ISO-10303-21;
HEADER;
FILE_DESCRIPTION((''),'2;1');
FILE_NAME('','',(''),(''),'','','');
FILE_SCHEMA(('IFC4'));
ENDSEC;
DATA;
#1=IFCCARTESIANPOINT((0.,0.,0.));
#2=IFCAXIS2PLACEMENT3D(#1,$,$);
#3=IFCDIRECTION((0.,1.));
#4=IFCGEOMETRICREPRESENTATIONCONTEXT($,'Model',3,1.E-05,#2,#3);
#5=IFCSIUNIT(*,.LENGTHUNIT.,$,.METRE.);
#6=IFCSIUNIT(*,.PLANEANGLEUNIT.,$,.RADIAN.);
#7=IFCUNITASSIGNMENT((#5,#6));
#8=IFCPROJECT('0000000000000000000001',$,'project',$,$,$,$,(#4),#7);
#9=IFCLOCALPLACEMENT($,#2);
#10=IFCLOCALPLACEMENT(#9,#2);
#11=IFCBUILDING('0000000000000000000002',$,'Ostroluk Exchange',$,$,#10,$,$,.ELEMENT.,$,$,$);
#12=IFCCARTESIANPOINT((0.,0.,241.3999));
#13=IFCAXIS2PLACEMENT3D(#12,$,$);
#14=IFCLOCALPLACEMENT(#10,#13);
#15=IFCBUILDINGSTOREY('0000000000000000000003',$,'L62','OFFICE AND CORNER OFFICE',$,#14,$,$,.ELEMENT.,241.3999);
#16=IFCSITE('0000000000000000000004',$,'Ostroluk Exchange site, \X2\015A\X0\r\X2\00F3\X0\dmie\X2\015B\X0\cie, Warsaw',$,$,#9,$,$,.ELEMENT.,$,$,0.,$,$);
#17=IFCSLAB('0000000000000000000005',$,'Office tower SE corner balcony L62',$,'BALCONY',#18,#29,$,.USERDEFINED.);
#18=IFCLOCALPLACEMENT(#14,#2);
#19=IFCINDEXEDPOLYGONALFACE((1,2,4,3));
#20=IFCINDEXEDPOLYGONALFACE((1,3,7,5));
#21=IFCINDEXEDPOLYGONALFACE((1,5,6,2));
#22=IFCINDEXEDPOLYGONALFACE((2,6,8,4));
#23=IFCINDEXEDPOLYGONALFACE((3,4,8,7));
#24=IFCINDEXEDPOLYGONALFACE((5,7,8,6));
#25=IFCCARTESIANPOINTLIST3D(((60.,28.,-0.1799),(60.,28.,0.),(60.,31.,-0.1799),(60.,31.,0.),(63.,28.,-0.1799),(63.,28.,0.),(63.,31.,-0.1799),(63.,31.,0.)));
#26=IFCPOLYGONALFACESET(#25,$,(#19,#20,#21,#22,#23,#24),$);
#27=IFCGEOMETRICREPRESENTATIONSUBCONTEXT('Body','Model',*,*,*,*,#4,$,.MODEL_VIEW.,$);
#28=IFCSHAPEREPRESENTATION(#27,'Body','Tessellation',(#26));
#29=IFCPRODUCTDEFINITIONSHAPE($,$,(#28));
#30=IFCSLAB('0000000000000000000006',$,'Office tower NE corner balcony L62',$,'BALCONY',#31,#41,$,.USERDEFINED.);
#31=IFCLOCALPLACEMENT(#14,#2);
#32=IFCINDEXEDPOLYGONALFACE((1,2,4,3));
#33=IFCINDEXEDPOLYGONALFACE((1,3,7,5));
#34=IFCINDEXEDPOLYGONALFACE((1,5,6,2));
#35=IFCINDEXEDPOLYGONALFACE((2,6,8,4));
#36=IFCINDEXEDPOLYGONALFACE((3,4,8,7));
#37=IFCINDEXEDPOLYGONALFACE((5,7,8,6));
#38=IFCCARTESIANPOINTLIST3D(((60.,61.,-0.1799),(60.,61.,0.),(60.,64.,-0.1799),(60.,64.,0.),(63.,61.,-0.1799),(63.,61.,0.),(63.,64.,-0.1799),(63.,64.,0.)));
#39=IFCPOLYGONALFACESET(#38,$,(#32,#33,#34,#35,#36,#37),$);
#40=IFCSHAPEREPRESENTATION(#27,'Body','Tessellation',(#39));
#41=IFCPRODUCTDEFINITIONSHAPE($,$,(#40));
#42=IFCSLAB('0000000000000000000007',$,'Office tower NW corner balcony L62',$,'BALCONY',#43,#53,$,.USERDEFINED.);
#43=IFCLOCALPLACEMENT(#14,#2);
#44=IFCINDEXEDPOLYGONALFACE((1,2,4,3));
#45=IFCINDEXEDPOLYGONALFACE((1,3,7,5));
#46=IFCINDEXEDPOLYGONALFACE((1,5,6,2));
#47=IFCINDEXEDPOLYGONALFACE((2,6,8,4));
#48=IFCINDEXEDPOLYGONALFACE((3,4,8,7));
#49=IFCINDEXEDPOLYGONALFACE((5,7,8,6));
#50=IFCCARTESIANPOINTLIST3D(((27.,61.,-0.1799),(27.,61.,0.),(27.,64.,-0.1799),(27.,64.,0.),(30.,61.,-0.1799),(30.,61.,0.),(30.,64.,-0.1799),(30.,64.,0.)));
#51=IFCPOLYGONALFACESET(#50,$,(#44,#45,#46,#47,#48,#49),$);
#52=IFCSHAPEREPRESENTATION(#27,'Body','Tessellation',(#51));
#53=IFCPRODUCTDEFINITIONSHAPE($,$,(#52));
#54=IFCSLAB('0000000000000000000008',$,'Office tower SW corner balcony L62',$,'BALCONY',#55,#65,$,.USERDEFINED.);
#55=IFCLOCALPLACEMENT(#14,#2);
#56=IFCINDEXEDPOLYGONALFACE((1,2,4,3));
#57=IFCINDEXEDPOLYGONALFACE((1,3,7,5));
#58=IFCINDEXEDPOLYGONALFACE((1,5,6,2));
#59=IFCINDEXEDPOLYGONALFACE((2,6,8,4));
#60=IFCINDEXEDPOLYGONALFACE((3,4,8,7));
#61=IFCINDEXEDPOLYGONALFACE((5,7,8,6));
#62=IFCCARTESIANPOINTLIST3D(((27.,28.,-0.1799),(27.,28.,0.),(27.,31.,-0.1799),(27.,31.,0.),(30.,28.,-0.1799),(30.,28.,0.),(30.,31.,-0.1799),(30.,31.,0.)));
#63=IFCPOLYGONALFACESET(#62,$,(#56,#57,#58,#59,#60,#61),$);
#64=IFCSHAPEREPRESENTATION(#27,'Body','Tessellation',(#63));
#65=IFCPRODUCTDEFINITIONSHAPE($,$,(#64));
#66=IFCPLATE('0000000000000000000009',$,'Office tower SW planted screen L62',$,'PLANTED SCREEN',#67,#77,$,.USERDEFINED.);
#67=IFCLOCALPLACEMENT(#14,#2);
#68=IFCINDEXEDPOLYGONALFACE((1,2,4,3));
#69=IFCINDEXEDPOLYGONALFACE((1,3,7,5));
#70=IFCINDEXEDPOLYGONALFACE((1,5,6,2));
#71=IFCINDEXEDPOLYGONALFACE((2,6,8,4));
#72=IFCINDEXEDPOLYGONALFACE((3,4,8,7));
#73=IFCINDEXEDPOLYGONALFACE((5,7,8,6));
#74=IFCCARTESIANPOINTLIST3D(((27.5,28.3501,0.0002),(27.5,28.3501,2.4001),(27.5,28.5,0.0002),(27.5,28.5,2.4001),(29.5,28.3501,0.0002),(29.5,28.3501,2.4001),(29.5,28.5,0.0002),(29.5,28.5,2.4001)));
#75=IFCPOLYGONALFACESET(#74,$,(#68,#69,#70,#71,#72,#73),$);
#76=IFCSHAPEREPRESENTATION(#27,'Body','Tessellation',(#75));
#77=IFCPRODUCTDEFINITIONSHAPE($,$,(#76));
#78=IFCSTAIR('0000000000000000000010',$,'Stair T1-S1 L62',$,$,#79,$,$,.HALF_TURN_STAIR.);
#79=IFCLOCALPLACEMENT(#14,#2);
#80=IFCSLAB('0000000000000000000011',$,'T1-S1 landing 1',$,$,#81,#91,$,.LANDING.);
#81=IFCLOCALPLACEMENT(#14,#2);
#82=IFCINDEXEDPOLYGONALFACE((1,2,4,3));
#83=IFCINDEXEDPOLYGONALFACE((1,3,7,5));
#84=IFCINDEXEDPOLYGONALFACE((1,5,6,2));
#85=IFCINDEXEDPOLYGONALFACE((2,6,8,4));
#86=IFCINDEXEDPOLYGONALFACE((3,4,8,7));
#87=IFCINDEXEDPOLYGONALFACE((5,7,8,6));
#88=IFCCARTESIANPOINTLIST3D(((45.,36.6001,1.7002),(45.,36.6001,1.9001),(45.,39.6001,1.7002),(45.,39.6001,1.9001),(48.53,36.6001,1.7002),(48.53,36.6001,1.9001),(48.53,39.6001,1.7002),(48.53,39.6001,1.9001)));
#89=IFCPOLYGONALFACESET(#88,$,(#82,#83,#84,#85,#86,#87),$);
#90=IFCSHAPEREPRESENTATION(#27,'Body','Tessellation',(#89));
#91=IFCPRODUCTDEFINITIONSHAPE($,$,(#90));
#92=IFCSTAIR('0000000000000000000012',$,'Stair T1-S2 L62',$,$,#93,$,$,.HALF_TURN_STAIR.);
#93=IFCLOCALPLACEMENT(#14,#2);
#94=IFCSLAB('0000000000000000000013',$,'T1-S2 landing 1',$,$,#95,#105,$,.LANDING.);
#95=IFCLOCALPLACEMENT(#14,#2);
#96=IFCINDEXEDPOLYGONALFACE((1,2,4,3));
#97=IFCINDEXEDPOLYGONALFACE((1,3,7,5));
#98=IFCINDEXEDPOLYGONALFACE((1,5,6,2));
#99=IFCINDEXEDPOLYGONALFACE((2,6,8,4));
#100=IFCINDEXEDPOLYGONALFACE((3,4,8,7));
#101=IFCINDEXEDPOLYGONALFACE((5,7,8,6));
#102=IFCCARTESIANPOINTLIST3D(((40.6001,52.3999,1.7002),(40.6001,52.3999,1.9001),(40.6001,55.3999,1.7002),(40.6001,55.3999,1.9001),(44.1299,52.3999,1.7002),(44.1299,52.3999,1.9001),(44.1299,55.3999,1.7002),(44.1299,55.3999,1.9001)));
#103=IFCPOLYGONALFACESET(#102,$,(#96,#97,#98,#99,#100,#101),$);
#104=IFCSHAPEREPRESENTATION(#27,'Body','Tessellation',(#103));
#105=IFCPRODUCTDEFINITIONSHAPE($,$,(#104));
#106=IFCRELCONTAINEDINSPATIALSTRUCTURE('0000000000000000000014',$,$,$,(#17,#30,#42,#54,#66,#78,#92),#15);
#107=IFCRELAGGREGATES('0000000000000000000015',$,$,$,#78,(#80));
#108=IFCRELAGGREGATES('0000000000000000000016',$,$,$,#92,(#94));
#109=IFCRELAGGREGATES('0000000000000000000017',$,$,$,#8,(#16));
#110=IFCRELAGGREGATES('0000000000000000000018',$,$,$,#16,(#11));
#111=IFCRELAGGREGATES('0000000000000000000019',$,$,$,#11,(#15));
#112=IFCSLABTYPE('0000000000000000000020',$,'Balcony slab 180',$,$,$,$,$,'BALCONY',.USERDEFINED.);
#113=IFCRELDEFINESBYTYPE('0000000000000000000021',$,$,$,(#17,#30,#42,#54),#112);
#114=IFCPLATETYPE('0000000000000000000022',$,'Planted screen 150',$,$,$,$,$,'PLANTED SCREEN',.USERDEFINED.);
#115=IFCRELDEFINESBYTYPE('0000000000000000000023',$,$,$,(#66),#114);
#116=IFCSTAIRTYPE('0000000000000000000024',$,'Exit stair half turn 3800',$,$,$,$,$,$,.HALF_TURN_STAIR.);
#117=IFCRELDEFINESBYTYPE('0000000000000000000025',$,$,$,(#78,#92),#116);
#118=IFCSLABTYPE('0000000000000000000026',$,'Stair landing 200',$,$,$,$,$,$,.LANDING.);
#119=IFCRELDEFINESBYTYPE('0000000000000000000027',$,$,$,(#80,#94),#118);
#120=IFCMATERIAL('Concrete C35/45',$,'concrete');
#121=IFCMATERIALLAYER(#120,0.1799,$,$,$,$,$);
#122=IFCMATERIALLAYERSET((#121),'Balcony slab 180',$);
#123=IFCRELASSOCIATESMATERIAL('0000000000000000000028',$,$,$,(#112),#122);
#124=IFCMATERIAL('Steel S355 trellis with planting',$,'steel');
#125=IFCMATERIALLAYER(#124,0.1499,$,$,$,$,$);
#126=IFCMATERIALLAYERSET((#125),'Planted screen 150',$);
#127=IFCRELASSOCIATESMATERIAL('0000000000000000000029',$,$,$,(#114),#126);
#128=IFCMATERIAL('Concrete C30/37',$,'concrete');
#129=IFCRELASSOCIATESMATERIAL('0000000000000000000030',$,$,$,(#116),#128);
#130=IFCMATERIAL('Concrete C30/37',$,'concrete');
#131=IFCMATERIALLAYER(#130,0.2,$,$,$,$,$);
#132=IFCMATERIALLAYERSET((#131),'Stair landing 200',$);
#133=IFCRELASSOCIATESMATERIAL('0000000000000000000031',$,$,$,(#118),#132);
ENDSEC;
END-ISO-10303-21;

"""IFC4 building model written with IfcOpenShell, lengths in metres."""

from ifc_helpers import new_model, si_unit, direction, frame, origin, origin_2d, place, context, subcontext, project, spatial, polyline, rectangle, outline, extrude, material, layer, layer_set, type_object, element, aggregate, save


model = new_model("IFC4")

# Units and contexts
model_context = context("Model", 3, precision=1e-05, world=origin(), true_north=direction((0.0, 1.0)))
body_context = subcontext(model_context, "Body", "Model", "MODEL_VIEW")
ifc_project = project(units=[si_unit("LENGTHUNIT", "METRE"), si_unit("PLANEANGLEUNIT", "RADIAN")], contexts=[model_context])

# Site, building, storey
site_placement = place(None, origin())
site = spatial("IfcSite", under=ifc_project, at=site_placement, Name="Ostroluk Exchange site, Śródmieście, Warsaw", CompositionType="ELEMENT", RefElevation=0.0)
building_placement = place(site_placement, origin())
building = spatial("IfcBuilding", under=site, at=building_placement, Name="Ostroluk Exchange", CompositionType="ELEMENT")
storey_placement = place(building_placement, frame((0.0, 0.0, 241.3999)))
storey = spatial("IfcBuildingStorey", under=building, at=storey_placement, Name="L62", Description="OFFICE AND CORNER OFFICE", CompositionType="ELEMENT", Elevation=241.3999)

# Slabs
ifc_material_1 = material(Name="Concrete C35/45", Category="concrete")
ifc_layer_1 = layer(ifc_material_1, 0.1799)
ifc_layer_set_1 = layer_set([ifc_layer_1], Name="Balcony slab 180")
slab_type_1 = type_object("IfcSlabType", Name="Balcony slab 180", ElementType="BALCONY", PredefinedType="USERDEFINED", material=ifc_layer_set_1)
slab_1_placement = place(storey_placement, frame((0.0, 0.0, -0.1799)))
element("IfcSlab", 1, at=slab_1_placement, inside=storey, type_object=slab_type_1, Name="Office tower SE corner balcony L62", ObjectType="BALCONY", PredefinedType="USERDEFINED", context=body_context, shape_type="SweptSolid", body=[
    extrude(outline(polyline([(60.0, 28.0), (63.0, 28.0), (63.0, 31.0), (60.0, 31.0), (60.0, 28.0)])), origin(), (0.0, 0.0, 1.0), 0.1799),
])
slab_2_placement = place(storey_placement, frame((0.0, 0.0, -0.1799)))
element("IfcSlab", 2, at=slab_2_placement, inside=storey, type_object=slab_type_1, Name="Office tower NE corner balcony L62", ObjectType="BALCONY", PredefinedType="USERDEFINED", context=body_context, shape_type="SweptSolid", body=[
    extrude(outline(polyline([(60.0, 61.0), (63.0, 61.0), (63.0, 64.0), (60.0, 64.0), (60.0, 61.0)])), origin(), (0.0, 0.0, 1.0), 0.1799),
])
slab_3_placement = place(storey_placement, frame((0.0, 0.0, -0.1799)))
element("IfcSlab", 3, at=slab_3_placement, inside=storey, type_object=slab_type_1, Name="Office tower NW corner balcony L62", ObjectType="BALCONY", PredefinedType="USERDEFINED", context=body_context, shape_type="SweptSolid", body=[
    extrude(outline(polyline([(27.0, 61.0), (30.0, 61.0), (30.0, 64.0), (27.0, 64.0), (27.0, 61.0)])), origin(), (0.0, 0.0, 1.0), 0.1799),
])
slab_4_placement = place(storey_placement, frame((0.0, 0.0, -0.1799)))
element("IfcSlab", 4, at=slab_4_placement, inside=storey, type_object=slab_type_1, Name="Office tower SW corner balcony L62", ObjectType="BALCONY", PredefinedType="USERDEFINED", context=body_context, shape_type="SweptSolid", body=[
    extrude(outline(polyline([(27.0, 28.0), (30.0, 28.0), (30.0, 31.0), (27.0, 31.0), (27.0, 28.0)])), origin(), (0.0, 0.0, 1.0), 0.1799),
])

# Plate
ifc_material_2 = material(Name="Steel S355 trellis with planting", Category="steel")
ifc_layer_2 = layer(ifc_material_2, 0.1499)
ifc_layer_set_2 = layer_set([ifc_layer_2], Name="Planted screen 150")
plate_type_1 = type_object("IfcPlateType", Name="Planted screen 150", ElementType="PLANTED SCREEN", PredefinedType="USERDEFINED", material=ifc_layer_set_2)
plate_1_placement = place(storey_placement, frame((28.5, 28.425, 0.0002), z_axis=(0.0, 0.0, 1.0), x_axis=(1.0, 0.0, 0.0)))
element("IfcPlate", 5, at=plate_1_placement, inside=storey, type_object=plate_type_1, Name="Office tower SW planted screen L62", ObjectType="PLANTED SCREEN", PredefinedType="USERDEFINED", context=body_context, shape_type="SweptSolid", body=[
    extrude(rectangle(XDim=2.0, YDim=0.1499, at=origin_2d()), origin(), (0.0, 0.0, 1.0), 2.3999),
])

# Stairs, slabs
ifc_material_3 = material(Name="Concrete C30/37", Category="concrete")
stair_type = type_object("IfcStairType", Name="Exit stair half turn 3800", PredefinedType="HALF_TURN_STAIR", material=ifc_material_3)
stair_1_placement = place(storey_placement, origin())
stair_1 = element("IfcStair", 6, at=stair_1_placement, inside=storey, type_object=stair_type, Name="Stair T1-S1 L62", PredefinedType="HALF_TURN_STAIR")
ifc_material_4 = material(Name="Concrete C30/37", Category="concrete")
ifc_layer_3 = layer(ifc_material_4, 0.2)
ifc_layer_set_3 = layer_set([ifc_layer_3], Name="Stair landing 200")
slab_type_2 = type_object("IfcSlabType", Name="Stair landing 200", PredefinedType="LANDING", material=ifc_layer_set_3)
slab_5_placement = place(storey_placement, frame((0.0, 0.0, 1.7002)))
slab_5 = element("IfcSlab", 7, at=slab_5_placement, type_object=slab_type_2, Name="T1-S1 landing 1", PredefinedType="LANDING", context=body_context, shape_type="SweptSolid", body=[
    extrude(outline(polyline([(45.0, 36.6001), (45.0, 39.6001), (48.53, 39.6001), (48.53, 36.6001), (45.0, 36.6001)])), origin(), (0.0, 0.0, 1.0), 0.2),
])
aggregate(stair_1, [slab_5])
stair_2_placement = place(storey_placement, origin())
stair_2 = element("IfcStair", 8, at=stair_2_placement, inside=storey, type_object=stair_type, Name="Stair T1-S2 L62", PredefinedType="HALF_TURN_STAIR")
slab_6_placement = place(storey_placement, frame((0.0, 0.0, 1.7002)))
slab_6 = element("IfcSlab", 9, at=slab_6_placement, type_object=slab_type_2, Name="T1-S2 landing 1", PredefinedType="LANDING", context=body_context, shape_type="SweptSolid", body=[
    extrude(outline(polyline([(44.1299, 52.3999), (44.1299, 55.3999), (40.6001, 55.3999), (40.6001, 52.3999), (44.1299, 52.3999)])), origin(), (0.0, 0.0, 1.0), 0.2),
])
aggregate(stair_2, [slab_6])

save(model, "model.ifc")
